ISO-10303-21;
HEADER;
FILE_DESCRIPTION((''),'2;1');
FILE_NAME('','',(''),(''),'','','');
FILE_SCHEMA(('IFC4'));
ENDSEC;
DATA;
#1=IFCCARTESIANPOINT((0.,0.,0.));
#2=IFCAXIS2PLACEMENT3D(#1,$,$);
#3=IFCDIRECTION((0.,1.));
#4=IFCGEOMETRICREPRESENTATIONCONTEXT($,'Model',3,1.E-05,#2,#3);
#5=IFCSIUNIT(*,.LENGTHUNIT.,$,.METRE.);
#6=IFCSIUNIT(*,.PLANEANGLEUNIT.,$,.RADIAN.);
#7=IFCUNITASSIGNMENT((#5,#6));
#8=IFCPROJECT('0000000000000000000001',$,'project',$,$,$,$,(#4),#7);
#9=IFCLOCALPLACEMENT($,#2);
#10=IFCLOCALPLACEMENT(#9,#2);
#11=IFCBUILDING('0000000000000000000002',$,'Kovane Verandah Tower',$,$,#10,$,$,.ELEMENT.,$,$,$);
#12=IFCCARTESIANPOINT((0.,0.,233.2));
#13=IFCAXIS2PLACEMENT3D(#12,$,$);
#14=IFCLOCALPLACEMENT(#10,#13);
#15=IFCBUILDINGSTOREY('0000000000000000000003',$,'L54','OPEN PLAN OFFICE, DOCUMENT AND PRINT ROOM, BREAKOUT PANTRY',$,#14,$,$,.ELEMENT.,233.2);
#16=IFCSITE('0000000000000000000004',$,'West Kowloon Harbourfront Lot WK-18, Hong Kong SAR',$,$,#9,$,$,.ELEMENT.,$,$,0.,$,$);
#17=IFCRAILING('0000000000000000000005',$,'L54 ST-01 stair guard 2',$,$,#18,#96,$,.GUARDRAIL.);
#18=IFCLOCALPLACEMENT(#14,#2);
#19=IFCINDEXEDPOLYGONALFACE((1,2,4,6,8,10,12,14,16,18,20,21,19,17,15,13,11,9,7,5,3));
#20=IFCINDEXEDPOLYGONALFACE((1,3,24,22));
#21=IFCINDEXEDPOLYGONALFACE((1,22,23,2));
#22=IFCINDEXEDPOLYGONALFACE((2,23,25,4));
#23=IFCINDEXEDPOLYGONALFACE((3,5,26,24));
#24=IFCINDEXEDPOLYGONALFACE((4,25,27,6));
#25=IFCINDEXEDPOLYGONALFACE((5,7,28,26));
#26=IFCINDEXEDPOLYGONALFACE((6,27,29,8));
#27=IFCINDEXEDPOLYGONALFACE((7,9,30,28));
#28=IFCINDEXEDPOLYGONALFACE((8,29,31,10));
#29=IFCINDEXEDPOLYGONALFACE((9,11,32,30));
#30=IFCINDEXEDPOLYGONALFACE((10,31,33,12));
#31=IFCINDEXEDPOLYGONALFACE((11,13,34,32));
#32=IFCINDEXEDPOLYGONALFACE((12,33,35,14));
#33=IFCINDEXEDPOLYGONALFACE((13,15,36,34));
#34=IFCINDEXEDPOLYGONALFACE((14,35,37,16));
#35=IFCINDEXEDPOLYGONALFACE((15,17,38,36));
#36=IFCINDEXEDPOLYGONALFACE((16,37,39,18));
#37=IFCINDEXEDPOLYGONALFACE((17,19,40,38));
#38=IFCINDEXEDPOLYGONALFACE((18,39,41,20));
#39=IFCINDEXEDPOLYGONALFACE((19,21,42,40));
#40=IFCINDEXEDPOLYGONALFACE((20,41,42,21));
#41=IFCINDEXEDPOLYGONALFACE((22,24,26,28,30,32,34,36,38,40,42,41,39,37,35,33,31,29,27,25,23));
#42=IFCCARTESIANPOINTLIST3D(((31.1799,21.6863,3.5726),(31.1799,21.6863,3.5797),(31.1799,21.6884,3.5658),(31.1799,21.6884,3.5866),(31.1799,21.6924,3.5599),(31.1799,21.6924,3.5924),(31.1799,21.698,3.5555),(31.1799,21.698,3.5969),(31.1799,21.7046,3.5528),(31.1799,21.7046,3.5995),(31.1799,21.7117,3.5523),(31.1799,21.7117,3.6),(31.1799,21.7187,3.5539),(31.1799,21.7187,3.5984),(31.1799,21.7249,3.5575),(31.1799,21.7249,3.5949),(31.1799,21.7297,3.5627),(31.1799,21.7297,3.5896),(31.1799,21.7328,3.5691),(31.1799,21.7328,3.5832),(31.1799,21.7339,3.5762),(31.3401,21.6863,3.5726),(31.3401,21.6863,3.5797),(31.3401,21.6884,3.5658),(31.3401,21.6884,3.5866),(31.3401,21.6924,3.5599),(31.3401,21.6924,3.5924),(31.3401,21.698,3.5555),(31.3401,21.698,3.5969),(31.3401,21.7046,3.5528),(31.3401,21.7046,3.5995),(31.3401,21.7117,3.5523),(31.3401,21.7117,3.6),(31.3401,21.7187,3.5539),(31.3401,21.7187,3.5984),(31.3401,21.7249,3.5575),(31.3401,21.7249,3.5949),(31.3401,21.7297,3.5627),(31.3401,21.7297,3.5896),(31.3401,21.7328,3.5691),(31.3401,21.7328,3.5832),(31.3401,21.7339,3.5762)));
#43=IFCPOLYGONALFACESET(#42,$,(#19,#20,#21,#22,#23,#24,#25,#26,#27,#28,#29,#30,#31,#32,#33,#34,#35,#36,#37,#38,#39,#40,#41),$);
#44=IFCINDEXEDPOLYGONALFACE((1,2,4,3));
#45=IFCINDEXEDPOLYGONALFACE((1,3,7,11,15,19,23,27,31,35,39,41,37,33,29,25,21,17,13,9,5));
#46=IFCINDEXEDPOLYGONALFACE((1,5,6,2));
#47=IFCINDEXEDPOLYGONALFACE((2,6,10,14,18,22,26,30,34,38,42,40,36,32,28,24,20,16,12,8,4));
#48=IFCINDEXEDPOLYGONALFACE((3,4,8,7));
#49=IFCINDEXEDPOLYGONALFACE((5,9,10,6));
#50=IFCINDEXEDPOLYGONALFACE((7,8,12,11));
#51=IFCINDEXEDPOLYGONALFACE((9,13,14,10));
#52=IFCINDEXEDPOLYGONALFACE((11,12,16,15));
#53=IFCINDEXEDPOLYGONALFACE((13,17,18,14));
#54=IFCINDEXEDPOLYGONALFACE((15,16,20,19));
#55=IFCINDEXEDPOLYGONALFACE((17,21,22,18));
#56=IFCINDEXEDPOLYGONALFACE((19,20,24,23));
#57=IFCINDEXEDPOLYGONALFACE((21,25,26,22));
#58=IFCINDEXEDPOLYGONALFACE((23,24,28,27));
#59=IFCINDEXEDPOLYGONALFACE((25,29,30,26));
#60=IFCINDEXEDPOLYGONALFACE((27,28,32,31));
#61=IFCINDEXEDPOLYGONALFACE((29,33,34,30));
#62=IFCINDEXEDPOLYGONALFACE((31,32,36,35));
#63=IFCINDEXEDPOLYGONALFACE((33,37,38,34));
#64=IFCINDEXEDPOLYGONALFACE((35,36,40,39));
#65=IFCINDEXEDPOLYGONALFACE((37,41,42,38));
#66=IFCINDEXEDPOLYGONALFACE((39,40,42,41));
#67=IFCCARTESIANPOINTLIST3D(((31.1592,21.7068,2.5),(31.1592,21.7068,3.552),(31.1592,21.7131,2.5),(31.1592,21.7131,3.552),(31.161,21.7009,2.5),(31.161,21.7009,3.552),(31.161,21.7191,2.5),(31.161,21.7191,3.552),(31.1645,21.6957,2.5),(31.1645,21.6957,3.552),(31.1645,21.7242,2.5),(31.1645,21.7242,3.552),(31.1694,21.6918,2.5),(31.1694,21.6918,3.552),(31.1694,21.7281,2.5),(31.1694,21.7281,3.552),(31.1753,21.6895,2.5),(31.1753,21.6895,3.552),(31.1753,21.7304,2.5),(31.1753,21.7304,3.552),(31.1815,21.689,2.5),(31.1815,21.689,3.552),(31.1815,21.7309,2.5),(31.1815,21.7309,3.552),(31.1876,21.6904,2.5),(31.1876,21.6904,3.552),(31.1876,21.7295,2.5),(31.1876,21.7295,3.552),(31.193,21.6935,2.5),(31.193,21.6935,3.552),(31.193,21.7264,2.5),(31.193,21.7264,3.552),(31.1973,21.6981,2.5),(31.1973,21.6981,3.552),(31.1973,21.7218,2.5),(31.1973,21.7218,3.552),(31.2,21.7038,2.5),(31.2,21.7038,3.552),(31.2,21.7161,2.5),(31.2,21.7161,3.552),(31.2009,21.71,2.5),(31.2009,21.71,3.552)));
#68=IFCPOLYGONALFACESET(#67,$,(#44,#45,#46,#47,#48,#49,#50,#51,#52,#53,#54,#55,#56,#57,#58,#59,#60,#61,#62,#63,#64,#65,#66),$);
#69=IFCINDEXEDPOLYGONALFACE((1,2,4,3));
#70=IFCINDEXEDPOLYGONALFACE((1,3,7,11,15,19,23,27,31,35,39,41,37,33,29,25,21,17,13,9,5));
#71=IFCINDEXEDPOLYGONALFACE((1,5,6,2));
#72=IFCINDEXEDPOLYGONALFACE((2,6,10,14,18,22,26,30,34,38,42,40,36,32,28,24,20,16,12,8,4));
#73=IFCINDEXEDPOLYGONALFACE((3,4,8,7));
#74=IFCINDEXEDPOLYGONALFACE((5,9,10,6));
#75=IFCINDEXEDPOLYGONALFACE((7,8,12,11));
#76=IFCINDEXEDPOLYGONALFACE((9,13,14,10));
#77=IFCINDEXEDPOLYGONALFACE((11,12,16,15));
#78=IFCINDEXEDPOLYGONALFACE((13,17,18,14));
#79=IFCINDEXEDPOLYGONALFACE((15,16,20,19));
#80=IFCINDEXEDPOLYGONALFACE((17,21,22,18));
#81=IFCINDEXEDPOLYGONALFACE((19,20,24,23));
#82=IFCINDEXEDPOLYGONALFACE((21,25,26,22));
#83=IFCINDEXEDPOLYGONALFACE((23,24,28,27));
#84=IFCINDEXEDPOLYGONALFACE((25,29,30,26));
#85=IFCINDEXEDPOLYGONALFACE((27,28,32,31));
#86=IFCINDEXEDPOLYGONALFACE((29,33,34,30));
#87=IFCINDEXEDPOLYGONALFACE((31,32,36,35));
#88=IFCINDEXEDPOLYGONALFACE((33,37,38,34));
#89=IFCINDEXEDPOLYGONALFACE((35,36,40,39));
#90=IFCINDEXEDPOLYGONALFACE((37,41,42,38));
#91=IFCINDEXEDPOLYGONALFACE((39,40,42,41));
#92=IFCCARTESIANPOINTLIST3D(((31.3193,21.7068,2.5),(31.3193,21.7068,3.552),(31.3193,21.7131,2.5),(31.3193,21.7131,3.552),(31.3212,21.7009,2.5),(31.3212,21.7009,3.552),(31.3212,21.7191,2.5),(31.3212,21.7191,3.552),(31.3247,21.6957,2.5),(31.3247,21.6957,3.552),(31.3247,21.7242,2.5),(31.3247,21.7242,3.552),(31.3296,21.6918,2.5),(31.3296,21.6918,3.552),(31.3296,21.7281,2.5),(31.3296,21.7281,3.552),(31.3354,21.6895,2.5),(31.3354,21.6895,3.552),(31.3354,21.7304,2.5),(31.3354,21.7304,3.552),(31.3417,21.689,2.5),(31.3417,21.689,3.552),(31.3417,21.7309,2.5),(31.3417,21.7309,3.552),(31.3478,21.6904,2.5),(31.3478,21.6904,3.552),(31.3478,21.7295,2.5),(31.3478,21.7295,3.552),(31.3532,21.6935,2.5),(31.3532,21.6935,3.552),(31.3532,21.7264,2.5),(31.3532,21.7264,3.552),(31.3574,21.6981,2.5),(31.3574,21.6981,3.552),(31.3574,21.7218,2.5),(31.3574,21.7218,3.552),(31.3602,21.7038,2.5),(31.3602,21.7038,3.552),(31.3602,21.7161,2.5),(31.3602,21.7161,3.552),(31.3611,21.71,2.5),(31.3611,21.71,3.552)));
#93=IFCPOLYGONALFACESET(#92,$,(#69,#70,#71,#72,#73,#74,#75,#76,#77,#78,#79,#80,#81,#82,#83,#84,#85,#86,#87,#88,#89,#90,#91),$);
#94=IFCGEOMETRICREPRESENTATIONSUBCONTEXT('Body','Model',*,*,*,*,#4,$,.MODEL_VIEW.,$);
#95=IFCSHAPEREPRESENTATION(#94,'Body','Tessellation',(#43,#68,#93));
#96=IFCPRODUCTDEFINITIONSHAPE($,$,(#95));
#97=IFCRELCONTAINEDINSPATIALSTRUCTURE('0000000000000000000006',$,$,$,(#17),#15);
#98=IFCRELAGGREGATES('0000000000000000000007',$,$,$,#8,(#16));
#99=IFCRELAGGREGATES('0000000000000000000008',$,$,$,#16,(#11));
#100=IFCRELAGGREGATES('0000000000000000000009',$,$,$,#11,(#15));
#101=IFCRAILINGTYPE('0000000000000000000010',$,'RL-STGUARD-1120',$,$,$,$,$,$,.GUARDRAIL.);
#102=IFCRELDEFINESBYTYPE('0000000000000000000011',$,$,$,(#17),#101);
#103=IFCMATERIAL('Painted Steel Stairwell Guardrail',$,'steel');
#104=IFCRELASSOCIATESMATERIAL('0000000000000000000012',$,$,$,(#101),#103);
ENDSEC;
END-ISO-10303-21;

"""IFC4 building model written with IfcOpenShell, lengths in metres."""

from ifc_helpers import new_model, si_unit, direction, frame, origin, origin_2d, place, context, subcontext, project, spatial, circle, extrude, material, type_object, element, save


model = new_model("IFC4")

# Units and contexts
model_context = context("Model", 3, precision=1e-05, world=origin(), true_north=direction((0.0, 1.0)))
body_context = subcontext(model_context, "Body", "Model", "MODEL_VIEW")
ifc_project = project(units=[si_unit("LENGTHUNIT", "METRE"), si_unit("PLANEANGLEUNIT", "RADIAN")], contexts=[model_context])

# Site, building, storey
site_placement = place(None, origin())
site = spatial("IfcSite", under=ifc_project, at=site_placement, Name="West Kowloon Harbourfront Lot WK-18, Hong Kong SAR", CompositionType="ELEMENT", RefElevation=0.0)
building_placement = place(site_placement, origin())
building = spatial("IfcBuilding", under=site, at=building_placement, Name="Kovane Verandah Tower", CompositionType="ELEMENT")
storey_placement = place(building_placement, frame((0.0, 0.0, 233.2)))
storey = spatial("IfcBuildingStorey", under=building, at=storey_placement, Name="L54", Description="OPEN PLAN OFFICE, DOCUMENT AND PRINT ROOM, BREAKOUT PANTRY", CompositionType="ELEMENT", Elevation=233.2)

# Railing
ifc_material_1 = material(Name="Painted Steel Stairwell Guardrail", Category="steel")
railing_type_1 = type_object("IfcRailingType", Name="RL-STGUARD-1120", PredefinedType="GUARDRAIL", material=ifc_material_1)
railing_1_placement = place(storey_placement, frame((31.1799, 21.71, 2.5)))
element("IfcRailing", 1, at=railing_1_placement, inside=storey, type_object=railing_type_1, Name="L54 ST-01 stair guard 2", PredefinedType="GUARDRAIL", context=body_context, shape_type="SweptSolid", body=[
    extrude(circle(Radius=0.0239, at=origin_2d()), frame((0.0, 0.0, 1.0762), z_axis=(1.0, 0.0, 0.0), x_axis=(0.0, 1.0, 0.0)), (0.0, 0.0, 1.0), 0.1602),
    extrude(circle(Radius=0.021, at=origin_2d()), origin(), (0.0, 0.0, 1.0), 1.052),
    extrude(circle(Radius=0.021, at=origin_2d()), frame((0.1602, 0.0, 0.0)), (0.0, 0.0, 1.0), 1.052),
])

save(model, "model.ifc")
